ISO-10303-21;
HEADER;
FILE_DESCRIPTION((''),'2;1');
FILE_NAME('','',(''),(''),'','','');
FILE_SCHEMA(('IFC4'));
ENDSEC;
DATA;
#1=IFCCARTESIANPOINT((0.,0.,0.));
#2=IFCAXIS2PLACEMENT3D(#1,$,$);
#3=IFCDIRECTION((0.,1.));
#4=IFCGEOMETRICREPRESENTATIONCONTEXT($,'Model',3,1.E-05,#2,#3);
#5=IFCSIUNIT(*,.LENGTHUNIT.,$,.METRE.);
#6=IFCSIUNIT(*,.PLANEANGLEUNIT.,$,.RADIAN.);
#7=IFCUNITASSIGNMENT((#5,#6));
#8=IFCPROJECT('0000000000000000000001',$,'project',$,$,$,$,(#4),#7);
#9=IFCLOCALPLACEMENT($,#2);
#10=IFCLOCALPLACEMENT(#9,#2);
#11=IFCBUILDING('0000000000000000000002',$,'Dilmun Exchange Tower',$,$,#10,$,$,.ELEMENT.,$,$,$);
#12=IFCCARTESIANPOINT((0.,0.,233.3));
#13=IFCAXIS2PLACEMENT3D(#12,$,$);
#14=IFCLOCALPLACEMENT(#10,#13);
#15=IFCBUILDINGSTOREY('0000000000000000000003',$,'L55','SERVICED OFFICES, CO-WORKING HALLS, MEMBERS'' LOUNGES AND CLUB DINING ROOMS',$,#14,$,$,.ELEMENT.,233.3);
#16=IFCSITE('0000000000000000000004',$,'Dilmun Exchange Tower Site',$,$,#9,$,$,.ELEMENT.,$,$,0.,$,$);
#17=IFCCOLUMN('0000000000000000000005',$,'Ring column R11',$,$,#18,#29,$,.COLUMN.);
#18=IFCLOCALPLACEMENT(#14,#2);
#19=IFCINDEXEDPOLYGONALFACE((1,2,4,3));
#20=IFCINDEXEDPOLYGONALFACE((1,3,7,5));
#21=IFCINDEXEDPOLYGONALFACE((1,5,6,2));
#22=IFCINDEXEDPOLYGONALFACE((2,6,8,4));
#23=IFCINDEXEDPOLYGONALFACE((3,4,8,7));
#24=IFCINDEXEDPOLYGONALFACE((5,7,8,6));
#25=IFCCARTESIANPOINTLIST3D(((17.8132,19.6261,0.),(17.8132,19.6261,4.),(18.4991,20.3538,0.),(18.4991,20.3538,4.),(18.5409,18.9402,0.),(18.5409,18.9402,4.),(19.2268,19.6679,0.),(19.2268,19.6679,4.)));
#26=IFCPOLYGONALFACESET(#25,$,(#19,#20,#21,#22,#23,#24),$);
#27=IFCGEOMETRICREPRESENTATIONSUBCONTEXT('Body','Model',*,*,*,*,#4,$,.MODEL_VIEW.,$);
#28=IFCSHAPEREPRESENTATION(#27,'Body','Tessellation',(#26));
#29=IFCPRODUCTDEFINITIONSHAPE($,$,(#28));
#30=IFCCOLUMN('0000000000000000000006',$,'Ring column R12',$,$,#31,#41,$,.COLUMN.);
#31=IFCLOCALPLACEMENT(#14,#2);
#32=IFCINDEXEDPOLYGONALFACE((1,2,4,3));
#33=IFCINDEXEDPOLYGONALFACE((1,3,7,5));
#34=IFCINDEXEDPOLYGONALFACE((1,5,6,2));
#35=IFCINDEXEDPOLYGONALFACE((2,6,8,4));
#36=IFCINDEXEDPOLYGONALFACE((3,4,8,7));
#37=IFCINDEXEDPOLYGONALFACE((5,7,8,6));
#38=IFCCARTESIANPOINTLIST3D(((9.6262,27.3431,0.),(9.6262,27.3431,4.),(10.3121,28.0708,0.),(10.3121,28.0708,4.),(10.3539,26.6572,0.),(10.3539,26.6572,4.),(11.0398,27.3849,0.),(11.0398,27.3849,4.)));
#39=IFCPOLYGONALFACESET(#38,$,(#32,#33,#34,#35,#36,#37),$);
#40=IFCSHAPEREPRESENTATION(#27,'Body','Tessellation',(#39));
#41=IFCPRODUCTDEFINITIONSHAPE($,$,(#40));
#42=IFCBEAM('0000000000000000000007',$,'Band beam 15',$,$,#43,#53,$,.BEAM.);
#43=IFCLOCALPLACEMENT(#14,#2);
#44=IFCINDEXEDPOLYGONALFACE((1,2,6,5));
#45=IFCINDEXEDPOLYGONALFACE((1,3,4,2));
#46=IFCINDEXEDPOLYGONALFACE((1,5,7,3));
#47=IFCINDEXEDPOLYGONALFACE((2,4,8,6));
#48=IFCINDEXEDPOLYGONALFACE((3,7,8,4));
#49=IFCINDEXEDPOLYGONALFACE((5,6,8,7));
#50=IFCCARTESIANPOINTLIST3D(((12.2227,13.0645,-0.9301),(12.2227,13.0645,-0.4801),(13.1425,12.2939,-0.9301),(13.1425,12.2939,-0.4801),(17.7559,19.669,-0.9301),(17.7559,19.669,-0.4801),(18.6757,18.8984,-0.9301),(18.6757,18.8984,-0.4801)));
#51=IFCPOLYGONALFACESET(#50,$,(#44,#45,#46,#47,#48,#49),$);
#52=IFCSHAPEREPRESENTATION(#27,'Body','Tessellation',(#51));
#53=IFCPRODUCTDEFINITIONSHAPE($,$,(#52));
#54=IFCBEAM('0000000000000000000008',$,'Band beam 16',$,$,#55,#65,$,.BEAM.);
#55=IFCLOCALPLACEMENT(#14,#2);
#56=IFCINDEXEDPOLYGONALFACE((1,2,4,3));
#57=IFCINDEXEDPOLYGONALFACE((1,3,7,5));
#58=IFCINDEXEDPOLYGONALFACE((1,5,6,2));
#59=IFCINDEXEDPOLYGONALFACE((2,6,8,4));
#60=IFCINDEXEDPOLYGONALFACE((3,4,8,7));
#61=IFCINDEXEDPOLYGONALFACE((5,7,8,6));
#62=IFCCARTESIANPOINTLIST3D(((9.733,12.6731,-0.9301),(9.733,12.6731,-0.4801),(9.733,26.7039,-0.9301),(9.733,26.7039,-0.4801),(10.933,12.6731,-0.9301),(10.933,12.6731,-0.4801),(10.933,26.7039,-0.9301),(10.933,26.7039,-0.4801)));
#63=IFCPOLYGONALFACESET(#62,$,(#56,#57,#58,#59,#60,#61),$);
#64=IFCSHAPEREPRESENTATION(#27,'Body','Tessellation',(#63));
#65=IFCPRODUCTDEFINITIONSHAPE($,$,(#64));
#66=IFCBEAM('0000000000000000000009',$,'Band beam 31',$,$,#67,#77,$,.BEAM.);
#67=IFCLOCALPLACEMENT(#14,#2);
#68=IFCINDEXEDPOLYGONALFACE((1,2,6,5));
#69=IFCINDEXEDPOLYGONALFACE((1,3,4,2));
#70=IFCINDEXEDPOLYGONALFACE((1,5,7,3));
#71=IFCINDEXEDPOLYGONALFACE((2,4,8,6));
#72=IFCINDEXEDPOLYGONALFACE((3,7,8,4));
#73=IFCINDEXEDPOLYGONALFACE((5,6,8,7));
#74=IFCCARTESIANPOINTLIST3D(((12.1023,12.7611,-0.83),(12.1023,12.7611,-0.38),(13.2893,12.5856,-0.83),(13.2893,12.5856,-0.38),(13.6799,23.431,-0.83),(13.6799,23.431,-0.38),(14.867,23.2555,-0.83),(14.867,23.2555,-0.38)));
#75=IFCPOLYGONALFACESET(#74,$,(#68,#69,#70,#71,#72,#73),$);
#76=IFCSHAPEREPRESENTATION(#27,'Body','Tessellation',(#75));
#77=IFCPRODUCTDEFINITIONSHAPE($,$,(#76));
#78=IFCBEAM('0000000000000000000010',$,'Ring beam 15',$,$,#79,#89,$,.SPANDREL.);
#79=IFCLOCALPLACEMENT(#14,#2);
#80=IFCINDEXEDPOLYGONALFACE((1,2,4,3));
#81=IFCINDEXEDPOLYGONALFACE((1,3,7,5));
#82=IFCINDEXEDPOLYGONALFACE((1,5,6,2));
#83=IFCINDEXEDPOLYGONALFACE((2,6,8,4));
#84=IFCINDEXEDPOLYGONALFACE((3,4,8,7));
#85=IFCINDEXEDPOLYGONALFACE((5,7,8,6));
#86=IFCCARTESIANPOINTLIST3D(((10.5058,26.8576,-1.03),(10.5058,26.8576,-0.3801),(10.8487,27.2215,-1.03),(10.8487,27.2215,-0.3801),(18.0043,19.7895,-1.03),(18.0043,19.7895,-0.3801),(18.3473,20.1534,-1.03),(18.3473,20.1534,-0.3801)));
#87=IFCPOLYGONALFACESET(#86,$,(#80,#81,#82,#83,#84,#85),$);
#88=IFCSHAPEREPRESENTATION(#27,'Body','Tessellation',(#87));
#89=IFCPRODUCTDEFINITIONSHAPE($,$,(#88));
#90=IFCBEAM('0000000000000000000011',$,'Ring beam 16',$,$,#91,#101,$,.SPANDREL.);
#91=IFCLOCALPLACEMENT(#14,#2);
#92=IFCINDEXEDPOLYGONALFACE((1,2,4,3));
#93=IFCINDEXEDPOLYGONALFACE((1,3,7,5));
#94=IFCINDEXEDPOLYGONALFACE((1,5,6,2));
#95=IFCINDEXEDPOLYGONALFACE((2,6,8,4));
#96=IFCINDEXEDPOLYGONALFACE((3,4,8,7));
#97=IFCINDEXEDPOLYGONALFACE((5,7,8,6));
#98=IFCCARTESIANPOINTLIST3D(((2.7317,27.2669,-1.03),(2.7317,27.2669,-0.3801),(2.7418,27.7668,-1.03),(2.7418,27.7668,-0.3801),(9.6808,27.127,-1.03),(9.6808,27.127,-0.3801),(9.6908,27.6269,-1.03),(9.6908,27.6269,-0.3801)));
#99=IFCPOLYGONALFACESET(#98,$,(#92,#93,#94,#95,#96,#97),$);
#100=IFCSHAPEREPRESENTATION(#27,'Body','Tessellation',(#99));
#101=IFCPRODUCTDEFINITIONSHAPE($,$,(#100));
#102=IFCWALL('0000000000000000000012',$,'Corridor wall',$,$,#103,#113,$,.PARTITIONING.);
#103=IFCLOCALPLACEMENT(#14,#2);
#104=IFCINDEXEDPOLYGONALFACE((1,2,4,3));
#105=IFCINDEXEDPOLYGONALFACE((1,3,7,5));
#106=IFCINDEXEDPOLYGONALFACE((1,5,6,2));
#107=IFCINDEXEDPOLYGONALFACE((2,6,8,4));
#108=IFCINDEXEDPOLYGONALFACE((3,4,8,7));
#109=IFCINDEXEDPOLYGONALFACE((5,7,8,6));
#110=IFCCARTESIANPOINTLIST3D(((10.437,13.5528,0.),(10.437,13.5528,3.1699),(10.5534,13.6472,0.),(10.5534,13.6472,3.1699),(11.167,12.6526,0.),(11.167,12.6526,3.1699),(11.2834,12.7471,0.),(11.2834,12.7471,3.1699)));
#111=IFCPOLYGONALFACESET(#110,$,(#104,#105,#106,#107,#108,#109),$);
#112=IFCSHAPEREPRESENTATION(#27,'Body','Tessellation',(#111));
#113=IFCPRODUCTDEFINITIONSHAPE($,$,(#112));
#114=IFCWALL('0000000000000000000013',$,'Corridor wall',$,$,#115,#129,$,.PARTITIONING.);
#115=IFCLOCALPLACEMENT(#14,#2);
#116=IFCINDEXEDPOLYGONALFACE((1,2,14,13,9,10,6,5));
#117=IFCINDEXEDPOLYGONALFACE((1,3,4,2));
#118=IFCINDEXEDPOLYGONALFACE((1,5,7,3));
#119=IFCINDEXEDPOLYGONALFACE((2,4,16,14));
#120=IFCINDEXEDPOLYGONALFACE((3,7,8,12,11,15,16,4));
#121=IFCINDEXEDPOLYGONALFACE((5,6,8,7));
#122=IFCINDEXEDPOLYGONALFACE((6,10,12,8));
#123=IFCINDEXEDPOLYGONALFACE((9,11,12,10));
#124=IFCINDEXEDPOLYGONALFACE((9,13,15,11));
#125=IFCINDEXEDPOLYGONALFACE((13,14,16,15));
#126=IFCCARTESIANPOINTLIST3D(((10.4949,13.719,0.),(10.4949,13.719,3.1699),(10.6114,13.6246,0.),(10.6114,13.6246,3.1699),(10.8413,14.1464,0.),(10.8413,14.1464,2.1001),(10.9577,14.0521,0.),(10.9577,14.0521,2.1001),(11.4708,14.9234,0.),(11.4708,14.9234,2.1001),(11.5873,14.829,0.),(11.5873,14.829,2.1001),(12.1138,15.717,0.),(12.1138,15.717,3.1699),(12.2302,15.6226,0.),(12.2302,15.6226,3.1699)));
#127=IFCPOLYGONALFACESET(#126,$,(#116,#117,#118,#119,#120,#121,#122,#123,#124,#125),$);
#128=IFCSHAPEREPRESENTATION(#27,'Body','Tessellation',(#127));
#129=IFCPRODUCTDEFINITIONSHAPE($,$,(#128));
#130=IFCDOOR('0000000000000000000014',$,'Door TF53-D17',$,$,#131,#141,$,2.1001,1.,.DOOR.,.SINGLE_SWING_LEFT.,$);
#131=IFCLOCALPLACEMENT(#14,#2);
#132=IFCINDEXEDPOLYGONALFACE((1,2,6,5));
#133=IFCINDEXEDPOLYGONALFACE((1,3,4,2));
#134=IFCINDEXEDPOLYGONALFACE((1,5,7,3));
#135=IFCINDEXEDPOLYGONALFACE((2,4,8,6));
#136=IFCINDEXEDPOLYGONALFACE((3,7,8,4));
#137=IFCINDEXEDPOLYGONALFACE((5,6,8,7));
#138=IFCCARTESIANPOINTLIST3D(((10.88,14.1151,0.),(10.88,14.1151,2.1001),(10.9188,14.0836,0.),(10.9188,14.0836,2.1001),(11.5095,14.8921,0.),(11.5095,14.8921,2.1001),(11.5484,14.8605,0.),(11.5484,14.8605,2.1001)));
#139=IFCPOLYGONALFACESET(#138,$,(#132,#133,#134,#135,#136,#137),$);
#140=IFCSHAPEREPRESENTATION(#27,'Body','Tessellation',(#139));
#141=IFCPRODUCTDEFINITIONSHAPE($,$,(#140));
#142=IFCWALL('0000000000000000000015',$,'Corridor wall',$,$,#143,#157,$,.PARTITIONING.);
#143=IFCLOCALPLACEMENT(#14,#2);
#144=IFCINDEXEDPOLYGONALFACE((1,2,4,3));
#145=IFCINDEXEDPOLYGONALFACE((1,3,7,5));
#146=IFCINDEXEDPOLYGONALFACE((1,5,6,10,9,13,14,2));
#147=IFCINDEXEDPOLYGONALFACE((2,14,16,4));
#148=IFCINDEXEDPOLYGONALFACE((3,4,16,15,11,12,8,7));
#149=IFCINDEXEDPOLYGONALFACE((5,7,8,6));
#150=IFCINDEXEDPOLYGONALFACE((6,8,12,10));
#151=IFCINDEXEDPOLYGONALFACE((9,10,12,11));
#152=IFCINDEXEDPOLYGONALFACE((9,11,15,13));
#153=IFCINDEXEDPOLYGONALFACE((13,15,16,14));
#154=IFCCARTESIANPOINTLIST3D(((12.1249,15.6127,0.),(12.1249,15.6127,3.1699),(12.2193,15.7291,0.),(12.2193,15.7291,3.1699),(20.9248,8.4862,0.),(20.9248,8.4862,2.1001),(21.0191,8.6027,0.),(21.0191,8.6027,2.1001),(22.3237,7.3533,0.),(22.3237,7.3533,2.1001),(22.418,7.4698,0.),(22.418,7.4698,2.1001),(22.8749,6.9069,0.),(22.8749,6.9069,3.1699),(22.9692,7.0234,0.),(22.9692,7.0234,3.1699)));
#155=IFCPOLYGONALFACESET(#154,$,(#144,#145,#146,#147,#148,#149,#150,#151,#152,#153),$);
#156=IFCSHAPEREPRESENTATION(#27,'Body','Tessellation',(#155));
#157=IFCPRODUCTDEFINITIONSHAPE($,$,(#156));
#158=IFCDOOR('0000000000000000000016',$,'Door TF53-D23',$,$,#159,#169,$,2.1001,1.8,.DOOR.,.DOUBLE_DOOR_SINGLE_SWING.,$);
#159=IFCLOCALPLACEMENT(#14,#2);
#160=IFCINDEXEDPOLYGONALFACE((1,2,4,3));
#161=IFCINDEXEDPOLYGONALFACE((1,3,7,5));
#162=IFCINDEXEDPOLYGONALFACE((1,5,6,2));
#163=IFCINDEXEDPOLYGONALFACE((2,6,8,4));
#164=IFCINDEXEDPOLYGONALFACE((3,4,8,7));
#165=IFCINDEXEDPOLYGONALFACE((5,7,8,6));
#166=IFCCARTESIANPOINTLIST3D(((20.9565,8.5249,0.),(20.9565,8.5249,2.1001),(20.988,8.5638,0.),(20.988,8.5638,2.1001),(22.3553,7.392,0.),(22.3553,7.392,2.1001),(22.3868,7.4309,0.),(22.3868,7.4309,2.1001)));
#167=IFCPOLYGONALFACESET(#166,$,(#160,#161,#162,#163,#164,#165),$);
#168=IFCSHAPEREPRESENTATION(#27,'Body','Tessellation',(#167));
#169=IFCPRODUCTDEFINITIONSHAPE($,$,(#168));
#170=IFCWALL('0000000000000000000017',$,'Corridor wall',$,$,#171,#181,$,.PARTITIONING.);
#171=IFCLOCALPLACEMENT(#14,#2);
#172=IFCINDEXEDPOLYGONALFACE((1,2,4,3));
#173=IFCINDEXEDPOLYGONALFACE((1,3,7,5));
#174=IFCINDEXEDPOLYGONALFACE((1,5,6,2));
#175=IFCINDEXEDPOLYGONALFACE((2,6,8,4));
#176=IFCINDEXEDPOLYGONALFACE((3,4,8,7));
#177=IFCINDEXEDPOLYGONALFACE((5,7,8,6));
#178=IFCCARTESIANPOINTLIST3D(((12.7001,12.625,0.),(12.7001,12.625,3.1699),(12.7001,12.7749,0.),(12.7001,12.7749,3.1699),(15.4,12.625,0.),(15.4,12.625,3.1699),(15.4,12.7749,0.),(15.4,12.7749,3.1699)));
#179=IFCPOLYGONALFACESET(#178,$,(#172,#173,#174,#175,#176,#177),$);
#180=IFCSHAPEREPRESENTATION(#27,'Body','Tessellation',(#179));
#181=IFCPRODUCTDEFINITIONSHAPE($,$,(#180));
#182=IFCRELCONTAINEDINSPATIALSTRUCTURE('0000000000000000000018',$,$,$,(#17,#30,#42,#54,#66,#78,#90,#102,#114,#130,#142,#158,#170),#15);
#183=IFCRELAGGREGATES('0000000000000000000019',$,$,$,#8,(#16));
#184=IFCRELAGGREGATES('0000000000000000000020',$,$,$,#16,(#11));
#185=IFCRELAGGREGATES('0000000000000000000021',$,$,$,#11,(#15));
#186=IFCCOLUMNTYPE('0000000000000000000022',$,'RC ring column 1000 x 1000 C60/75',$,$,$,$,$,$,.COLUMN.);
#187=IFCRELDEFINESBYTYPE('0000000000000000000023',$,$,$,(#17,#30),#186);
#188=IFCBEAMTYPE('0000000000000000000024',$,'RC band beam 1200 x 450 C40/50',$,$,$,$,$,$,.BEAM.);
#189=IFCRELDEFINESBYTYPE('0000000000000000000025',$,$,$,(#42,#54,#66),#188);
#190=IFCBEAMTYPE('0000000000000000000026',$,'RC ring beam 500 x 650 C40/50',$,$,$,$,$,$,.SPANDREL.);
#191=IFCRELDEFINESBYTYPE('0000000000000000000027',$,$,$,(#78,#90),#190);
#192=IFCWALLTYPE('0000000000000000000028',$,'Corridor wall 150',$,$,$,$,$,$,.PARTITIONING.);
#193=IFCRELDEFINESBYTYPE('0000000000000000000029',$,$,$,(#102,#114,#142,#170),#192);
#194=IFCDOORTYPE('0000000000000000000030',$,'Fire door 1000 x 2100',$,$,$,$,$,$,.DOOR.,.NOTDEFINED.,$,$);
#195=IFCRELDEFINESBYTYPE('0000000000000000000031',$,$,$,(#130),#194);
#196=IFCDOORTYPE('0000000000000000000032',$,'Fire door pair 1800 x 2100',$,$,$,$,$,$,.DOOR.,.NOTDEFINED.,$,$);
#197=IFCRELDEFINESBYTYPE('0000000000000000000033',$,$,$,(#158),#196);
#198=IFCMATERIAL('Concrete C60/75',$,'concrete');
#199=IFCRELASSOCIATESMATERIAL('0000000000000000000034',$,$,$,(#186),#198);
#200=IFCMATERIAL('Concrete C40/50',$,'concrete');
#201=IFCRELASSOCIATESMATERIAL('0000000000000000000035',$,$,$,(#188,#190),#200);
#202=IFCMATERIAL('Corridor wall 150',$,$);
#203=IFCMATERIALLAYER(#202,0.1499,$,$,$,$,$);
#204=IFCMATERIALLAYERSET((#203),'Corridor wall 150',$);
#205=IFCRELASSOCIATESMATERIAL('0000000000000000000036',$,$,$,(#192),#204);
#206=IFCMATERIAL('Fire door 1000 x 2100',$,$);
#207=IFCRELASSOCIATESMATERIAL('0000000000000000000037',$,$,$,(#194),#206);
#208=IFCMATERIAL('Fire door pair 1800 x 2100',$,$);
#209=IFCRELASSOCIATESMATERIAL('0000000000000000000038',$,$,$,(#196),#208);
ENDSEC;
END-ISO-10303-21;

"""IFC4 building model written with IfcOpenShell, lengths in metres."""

from ifc_helpers import new_model, si_unit, direction, frame, frame_2d, origin, origin_2d, place, context, subcontext, project, spatial, rectangle, extrude, material, layer, layer_set, material_profile, profile_set, type_object, element, fill, save


model = new_model("IFC4")

# Units and contexts
model_context = context("Model", 3, precision=1e-05, world=origin(), true_north=direction((0.0, 1.0)))
body_context = subcontext(model_context, "Body", "Model", "MODEL_VIEW")
ifc_project = project(units=[si_unit("LENGTHUNIT", "METRE"), si_unit("PLANEANGLEUNIT", "RADIAN")], contexts=[model_context])

# Site, building, storey
site_placement = place(None, origin())
site = spatial("IfcSite", under=ifc_project, at=site_placement, Name="Dilmun Exchange Tower Site", CompositionType="ELEMENT", RefElevation=0.0)
building_placement = place(site_placement, origin())
building = spatial("IfcBuilding", under=site, at=building_placement, Name="Dilmun Exchange Tower", CompositionType="ELEMENT")
storey_placement = place(building_placement, frame((0.0, 0.0, 233.3)))
storey = spatial("IfcBuildingStorey", under=building, at=storey_placement, Name="L55", Description="SERVICED OFFICES, CO-WORKING HALLS, MEMBERS' LOUNGES AND CLUB DINING ROOMS", CompositionType="ELEMENT", Elevation=233.3)

# Columns
ifc_material_1 = material(Name="Concrete C60/75", Category="concrete")
ifc_material_profile_1 = material_profile(ifc_material_1, rectangle(XDim=1.0, YDim=1.0, at=origin_2d()), Name="1000 x 1000")
ifc_profile_set_1 = profile_set([ifc_material_profile_1], Name="Concrete C60/75")
column_type = type_object("IfcColumnType", Name="RC ring column 1000 x 1000 C60/75", PredefinedType="COLUMN", material=ifc_profile_set_1)
for number, where, z_axis, x_axis, name in (
    (1, (18.52, 19.647, 0.0), (0.0, 0.0, 1.0), (0.685916, 0.727681, 0.0), "Ring column R11"),
    (2, (10.333, 27.364, 0.0), (0.0, 0.0, 1.0), (0.685916, 0.727681, 0.0), "Ring column R12"),
):
    element("IfcColumn", number, at=place(storey_placement, frame(where, z_axis=z_axis, x_axis=x_axis)), inside=storey, type_object=column_type, Name=name, PredefinedType="COLUMN", context=body_context, shape_type="SweptSolid", body=[
        extrude(rectangle(XDim=1.0, YDim=1.0, at=origin_2d()), origin(), (0.0, 0.0, 1.0), 4.0),
    ])

# Beams
ifc_material_2 = material(Name="Concrete C40/50", Category="concrete")
ifc_material_profile_2 = material_profile(ifc_material_2, rectangle(XDim=1.2, YDim=0.45, at=origin_2d()), Name="1200 x 450")
ifc_profile_set_2 = profile_set([ifc_material_profile_2], Name="Concrete C40/50")
beam_type_1 = type_object("IfcBeamType", Name="RC band beam 1200 x 450 C40/50", PredefinedType="BEAM", material=ifc_profile_set_2)
beam_1_placement = place(storey_placement, frame((18.2158, 19.2837, -0.7051), z_axis=(-0.6422, -0.766537, 0.0), x_axis=(0.766537, -0.6422, 0.0)))
element("IfcBeam", 3, at=beam_1_placement, inside=storey, type_object=beam_type_1, Name="Band beam 15", PredefinedType="BEAM", context=body_context, shape_type="SweptSolid", body=[
    extrude(rectangle(XDim=1.2, YDim=0.45, at=origin_2d()), origin(), (0.0, 0.0, 1.0), 8.616),
])
beam_2_placement = place(storey_placement, frame((10.333, 26.7039, -0.7051), z_axis=(0.0, -1.0, 0.0), x_axis=(1.0, 0.0, 0.0)))
element("IfcBeam", 4, at=beam_2_placement, inside=storey, type_object=beam_type_1, Name="Band beam 16", PredefinedType="BEAM", context=body_context, shape_type="SweptSolid", body=[
    extrude(rectangle(XDim=1.2, YDim=0.45, at=origin_2d()), origin(), (0.0, 0.0, 1.0), 14.0308),
])
beam_3_placement = place(storey_placement, frame((14.2734, 23.3433, -0.605), z_axis=(-0.146268, -0.989245, 0.0), x_axis=(0.989245, -0.146268, 0.0)))
element("IfcBeam", 5, at=beam_3_placement, inside=storey, type_object=beam_type_1, Name="Band beam 31", PredefinedType="BEAM", context=body_context, shape_type="SweptSolid", body=[
    extrude(rectangle(XDim=1.2, YDim=0.45, at=origin_2d()), origin(), (0.0, 0.0, 1.0), 10.7859),
])
ifc_material_profile_3 = material_profile(ifc_material_2, rectangle(XDim=0.5, YDim=0.6499, at=origin_2d()), Name="500 x 650")
ifc_profile_set_3 = profile_set([ifc_material_profile_3], Name="Concrete C40/50")
beam_type_2 = type_object("IfcBeamType", Name="RC ring beam 500 x 650 C40/50", PredefinedType="SPANDREL", material=ifc_profile_set_3)
beam_4_placement = place(storey_placement, frame((18.1758, 19.9714, -0.7051), z_axis=(-0.727683, 0.685914, 0.0), x_axis=(-0.685914, -0.727683, 0.0)))
element("IfcBeam", 6, at=beam_4_placement, inside=storey, type_object=beam_type_2, Name="Ring beam 15", PredefinedType="SPANDREL", context=body_context, shape_type="SweptSolid", body=[
    extrude(rectangle(XDim=0.5, YDim=0.6499, at=origin_2d()), origin(), (0.0, 0.0, 1.0), 10.3047),
])
beam_5_placement = place(storey_placement, frame((9.6858, 27.377, -0.7051), z_axis=(-0.999797, 0.020127, 0.0), x_axis=(-0.020127, -0.999797, 0.0)))
element("IfcBeam", 7, at=beam_5_placement, inside=storey, type_object=beam_type_2, Name="Ring beam 16", PredefinedType="SPANDREL", context=body_context, shape_type="SweptSolid", body=[
    extrude(rectangle(XDim=0.5, YDim=0.6499, at=origin_2d()), origin(), (0.0, 0.0, 1.0), 6.9504),
])

# Wall
ifc_material_3 = material(Name="Corridor wall 150")
ifc_layer_1 = layer(ifc_material_3, 0.1499)
ifc_layer_set_1 = layer_set([ifc_layer_1], Name="Corridor wall 150")
wall_type_1 = type_object("IfcWallType", Name="Corridor wall 150", PredefinedType="PARTITIONING", material=ifc_layer_set_1)
wall_1_placement = place(storey_placement, frame((10.4951, 13.6001, 0.0), z_axis=(0.0, 0.0, 1.0), x_axis=(0.629871, -0.7767, 0.0)))
element("IfcWall", 8, at=wall_1_placement, inside=storey, type_object=wall_type_1, Name="Corridor wall", PredefinedType="PARTITIONING", context=body_context, shape_type="SweptSolid", body=[
    extrude(rectangle(XDim=1.1589, YDim=0.1499, at=frame_2d((0.5796, 0.0))), origin(), (0.0, 0.0, 1.0), 3.1699),
])

# Walls, openings, doors
wall_2_placement = place(storey_placement, frame((10.5532, 13.6719, 0.0), z_axis=(0.0, 0.0, 1.0), x_axis=(0.629534, 0.776973, 0.0)))
wall_2 = element("IfcWall", 9, at=wall_2_placement, inside=storey, type_object=wall_type_1, Name="Corridor wall", PredefinedType="PARTITIONING", context=body_context, shape_type="SweptSolid", body=[
    extrude(rectangle(XDim=2.5715, YDim=0.1499, at=frame_2d((1.2856, 0.0))), origin(), (0.0, 0.0, 1.0), 3.1699),
])
opening_1_placement = place(wall_2_placement, frame((0.55, 0.0, 0.0)))
opening_1 = element("IfcOpeningElement", 10, at=opening_1_placement, cuts=wall_2, PredefinedType="OPENING", context=body_context, shape_type="SweptSolid", body=[
    extrude(rectangle(XDim=1.0, YDim=2.1001, at=frame_2d((0.5, 1.05))), frame((0.0, 0.085, 0.0), z_axis=(0.0, -1.0, 0.0), x_axis=(1.0, 0.0, 0.0)), (0.0, 0.0, 1.0), 0.1699),
])
ifc_material_4 = material(Name="Fire door 1000 x 2100")
door_type_1 = type_object("IfcDoorType", Name="Fire door 1000 x 2100", OperationType="NOTDEFINED", PredefinedType="DOOR", material=ifc_material_4)
door_1_placement = place(opening_1_placement, frame((1.0, 0.0, 0.0), z_axis=(0.0, 0.0, 1.0), x_axis=(-1.0, 0.0, 0.0)))
door_1 = element("IfcDoor", 11, at=door_1_placement, inside=storey, type_object=door_type_1, Name="Door TF53-D17", OperationType="SINGLE_SWING_LEFT", OverallHeight=2.1001, OverallWidth=1.0, PredefinedType="DOOR", context=body_context, shape_type="SweptSolid", body=[
    extrude(rectangle(XDim=1.0, YDim=2.1001, at=frame_2d((0.5, 1.05))), frame((0.0, 0.0249, 0.0), z_axis=(0.0, -1.0, 0.0), x_axis=(1.0, 0.0, 0.0)), (0.0, 0.0, 1.0), 0.05),
])
fill(opening_1, door_1)
wall_3_placement = place(storey_placement, frame((12.1721, 15.6709, 0.0), z_axis=(0.0, 0.0, 1.0), x_axis=(0.777124, -0.629348, 0.0)))
wall_3 = element("IfcWall", 12, at=wall_3_placement, inside=storey, type_object=wall_type_1, Name="Corridor wall", PredefinedType="PARTITIONING", context=body_context, shape_type="SweptSolid", body=[
    extrude(rectangle(XDim=13.833, YDim=0.1499, at=frame_2d((6.9165, 0.0))), origin(), (0.0, 0.0, 1.0), 3.1699),
])
opening_2_placement = place(wall_3_placement, frame((11.3237, 0.0, 0.0)))
opening_2 = element("IfcOpeningElement", 13, at=opening_2_placement, cuts=wall_3, PredefinedType="OPENING", context=body_context, shape_type="SweptSolid", body=[
    extrude(rectangle(XDim=1.8, YDim=2.1001, at=frame_2d((0.8999, 1.05))), frame((0.0, 0.085, 0.0), z_axis=(0.0, -1.0, 0.0), x_axis=(1.0, 0.0, 0.0)), (0.0, 0.0, 1.0), 0.1699),
])
ifc_material_5 = material(Name="Fire door pair 1800 x 2100")
door_type_2 = type_object("IfcDoorType", Name="Fire door pair 1800 x 2100", OperationType="NOTDEFINED", PredefinedType="DOOR", material=ifc_material_5)
door_2_placement = place(opening_2_placement, frame((1.8, 0.0, 0.0), z_axis=(0.0, 0.0, 1.0), x_axis=(-1.0, 0.0, 0.0)))
door_2 = element("IfcDoor", 14, at=door_2_placement, inside=storey, type_object=door_type_2, Name="Door TF53-D23", OperationType="DOUBLE_DOOR_SINGLE_SWING", OverallHeight=2.1001, OverallWidth=1.8, PredefinedType="DOOR", context=body_context, shape_type="SweptSolid", body=[
    extrude(rectangle(XDim=1.8, YDim=2.1001, at=frame_2d((0.8999, 1.05))), frame((0.0, 0.0249, 0.0), z_axis=(0.0, -1.0, 0.0), x_axis=(1.0, 0.0, 0.0)), (0.0, 0.0, 1.0), 0.05),
])
fill(opening_2, door_2)

# Wall
wall_4_placement = place(storey_placement, frame((12.7, 12.7, 0.0), z_axis=(0.0, 0.0, 1.0), x_axis=(1.0, 0.0, 0.0)))
element("IfcWall", 15, at=wall_4_placement, inside=storey, type_object=wall_type_1, Name="Corridor wall", PredefinedType="PARTITIONING", context=body_context, shape_type="SweptSolid", body=[
    extrude(rectangle(XDim=2.7, YDim=0.1499, at=frame_2d((1.3501, 0.0))), origin(), (0.0, 0.0, 1.0), 3.1699),
])

save(model, "model.ifc")
